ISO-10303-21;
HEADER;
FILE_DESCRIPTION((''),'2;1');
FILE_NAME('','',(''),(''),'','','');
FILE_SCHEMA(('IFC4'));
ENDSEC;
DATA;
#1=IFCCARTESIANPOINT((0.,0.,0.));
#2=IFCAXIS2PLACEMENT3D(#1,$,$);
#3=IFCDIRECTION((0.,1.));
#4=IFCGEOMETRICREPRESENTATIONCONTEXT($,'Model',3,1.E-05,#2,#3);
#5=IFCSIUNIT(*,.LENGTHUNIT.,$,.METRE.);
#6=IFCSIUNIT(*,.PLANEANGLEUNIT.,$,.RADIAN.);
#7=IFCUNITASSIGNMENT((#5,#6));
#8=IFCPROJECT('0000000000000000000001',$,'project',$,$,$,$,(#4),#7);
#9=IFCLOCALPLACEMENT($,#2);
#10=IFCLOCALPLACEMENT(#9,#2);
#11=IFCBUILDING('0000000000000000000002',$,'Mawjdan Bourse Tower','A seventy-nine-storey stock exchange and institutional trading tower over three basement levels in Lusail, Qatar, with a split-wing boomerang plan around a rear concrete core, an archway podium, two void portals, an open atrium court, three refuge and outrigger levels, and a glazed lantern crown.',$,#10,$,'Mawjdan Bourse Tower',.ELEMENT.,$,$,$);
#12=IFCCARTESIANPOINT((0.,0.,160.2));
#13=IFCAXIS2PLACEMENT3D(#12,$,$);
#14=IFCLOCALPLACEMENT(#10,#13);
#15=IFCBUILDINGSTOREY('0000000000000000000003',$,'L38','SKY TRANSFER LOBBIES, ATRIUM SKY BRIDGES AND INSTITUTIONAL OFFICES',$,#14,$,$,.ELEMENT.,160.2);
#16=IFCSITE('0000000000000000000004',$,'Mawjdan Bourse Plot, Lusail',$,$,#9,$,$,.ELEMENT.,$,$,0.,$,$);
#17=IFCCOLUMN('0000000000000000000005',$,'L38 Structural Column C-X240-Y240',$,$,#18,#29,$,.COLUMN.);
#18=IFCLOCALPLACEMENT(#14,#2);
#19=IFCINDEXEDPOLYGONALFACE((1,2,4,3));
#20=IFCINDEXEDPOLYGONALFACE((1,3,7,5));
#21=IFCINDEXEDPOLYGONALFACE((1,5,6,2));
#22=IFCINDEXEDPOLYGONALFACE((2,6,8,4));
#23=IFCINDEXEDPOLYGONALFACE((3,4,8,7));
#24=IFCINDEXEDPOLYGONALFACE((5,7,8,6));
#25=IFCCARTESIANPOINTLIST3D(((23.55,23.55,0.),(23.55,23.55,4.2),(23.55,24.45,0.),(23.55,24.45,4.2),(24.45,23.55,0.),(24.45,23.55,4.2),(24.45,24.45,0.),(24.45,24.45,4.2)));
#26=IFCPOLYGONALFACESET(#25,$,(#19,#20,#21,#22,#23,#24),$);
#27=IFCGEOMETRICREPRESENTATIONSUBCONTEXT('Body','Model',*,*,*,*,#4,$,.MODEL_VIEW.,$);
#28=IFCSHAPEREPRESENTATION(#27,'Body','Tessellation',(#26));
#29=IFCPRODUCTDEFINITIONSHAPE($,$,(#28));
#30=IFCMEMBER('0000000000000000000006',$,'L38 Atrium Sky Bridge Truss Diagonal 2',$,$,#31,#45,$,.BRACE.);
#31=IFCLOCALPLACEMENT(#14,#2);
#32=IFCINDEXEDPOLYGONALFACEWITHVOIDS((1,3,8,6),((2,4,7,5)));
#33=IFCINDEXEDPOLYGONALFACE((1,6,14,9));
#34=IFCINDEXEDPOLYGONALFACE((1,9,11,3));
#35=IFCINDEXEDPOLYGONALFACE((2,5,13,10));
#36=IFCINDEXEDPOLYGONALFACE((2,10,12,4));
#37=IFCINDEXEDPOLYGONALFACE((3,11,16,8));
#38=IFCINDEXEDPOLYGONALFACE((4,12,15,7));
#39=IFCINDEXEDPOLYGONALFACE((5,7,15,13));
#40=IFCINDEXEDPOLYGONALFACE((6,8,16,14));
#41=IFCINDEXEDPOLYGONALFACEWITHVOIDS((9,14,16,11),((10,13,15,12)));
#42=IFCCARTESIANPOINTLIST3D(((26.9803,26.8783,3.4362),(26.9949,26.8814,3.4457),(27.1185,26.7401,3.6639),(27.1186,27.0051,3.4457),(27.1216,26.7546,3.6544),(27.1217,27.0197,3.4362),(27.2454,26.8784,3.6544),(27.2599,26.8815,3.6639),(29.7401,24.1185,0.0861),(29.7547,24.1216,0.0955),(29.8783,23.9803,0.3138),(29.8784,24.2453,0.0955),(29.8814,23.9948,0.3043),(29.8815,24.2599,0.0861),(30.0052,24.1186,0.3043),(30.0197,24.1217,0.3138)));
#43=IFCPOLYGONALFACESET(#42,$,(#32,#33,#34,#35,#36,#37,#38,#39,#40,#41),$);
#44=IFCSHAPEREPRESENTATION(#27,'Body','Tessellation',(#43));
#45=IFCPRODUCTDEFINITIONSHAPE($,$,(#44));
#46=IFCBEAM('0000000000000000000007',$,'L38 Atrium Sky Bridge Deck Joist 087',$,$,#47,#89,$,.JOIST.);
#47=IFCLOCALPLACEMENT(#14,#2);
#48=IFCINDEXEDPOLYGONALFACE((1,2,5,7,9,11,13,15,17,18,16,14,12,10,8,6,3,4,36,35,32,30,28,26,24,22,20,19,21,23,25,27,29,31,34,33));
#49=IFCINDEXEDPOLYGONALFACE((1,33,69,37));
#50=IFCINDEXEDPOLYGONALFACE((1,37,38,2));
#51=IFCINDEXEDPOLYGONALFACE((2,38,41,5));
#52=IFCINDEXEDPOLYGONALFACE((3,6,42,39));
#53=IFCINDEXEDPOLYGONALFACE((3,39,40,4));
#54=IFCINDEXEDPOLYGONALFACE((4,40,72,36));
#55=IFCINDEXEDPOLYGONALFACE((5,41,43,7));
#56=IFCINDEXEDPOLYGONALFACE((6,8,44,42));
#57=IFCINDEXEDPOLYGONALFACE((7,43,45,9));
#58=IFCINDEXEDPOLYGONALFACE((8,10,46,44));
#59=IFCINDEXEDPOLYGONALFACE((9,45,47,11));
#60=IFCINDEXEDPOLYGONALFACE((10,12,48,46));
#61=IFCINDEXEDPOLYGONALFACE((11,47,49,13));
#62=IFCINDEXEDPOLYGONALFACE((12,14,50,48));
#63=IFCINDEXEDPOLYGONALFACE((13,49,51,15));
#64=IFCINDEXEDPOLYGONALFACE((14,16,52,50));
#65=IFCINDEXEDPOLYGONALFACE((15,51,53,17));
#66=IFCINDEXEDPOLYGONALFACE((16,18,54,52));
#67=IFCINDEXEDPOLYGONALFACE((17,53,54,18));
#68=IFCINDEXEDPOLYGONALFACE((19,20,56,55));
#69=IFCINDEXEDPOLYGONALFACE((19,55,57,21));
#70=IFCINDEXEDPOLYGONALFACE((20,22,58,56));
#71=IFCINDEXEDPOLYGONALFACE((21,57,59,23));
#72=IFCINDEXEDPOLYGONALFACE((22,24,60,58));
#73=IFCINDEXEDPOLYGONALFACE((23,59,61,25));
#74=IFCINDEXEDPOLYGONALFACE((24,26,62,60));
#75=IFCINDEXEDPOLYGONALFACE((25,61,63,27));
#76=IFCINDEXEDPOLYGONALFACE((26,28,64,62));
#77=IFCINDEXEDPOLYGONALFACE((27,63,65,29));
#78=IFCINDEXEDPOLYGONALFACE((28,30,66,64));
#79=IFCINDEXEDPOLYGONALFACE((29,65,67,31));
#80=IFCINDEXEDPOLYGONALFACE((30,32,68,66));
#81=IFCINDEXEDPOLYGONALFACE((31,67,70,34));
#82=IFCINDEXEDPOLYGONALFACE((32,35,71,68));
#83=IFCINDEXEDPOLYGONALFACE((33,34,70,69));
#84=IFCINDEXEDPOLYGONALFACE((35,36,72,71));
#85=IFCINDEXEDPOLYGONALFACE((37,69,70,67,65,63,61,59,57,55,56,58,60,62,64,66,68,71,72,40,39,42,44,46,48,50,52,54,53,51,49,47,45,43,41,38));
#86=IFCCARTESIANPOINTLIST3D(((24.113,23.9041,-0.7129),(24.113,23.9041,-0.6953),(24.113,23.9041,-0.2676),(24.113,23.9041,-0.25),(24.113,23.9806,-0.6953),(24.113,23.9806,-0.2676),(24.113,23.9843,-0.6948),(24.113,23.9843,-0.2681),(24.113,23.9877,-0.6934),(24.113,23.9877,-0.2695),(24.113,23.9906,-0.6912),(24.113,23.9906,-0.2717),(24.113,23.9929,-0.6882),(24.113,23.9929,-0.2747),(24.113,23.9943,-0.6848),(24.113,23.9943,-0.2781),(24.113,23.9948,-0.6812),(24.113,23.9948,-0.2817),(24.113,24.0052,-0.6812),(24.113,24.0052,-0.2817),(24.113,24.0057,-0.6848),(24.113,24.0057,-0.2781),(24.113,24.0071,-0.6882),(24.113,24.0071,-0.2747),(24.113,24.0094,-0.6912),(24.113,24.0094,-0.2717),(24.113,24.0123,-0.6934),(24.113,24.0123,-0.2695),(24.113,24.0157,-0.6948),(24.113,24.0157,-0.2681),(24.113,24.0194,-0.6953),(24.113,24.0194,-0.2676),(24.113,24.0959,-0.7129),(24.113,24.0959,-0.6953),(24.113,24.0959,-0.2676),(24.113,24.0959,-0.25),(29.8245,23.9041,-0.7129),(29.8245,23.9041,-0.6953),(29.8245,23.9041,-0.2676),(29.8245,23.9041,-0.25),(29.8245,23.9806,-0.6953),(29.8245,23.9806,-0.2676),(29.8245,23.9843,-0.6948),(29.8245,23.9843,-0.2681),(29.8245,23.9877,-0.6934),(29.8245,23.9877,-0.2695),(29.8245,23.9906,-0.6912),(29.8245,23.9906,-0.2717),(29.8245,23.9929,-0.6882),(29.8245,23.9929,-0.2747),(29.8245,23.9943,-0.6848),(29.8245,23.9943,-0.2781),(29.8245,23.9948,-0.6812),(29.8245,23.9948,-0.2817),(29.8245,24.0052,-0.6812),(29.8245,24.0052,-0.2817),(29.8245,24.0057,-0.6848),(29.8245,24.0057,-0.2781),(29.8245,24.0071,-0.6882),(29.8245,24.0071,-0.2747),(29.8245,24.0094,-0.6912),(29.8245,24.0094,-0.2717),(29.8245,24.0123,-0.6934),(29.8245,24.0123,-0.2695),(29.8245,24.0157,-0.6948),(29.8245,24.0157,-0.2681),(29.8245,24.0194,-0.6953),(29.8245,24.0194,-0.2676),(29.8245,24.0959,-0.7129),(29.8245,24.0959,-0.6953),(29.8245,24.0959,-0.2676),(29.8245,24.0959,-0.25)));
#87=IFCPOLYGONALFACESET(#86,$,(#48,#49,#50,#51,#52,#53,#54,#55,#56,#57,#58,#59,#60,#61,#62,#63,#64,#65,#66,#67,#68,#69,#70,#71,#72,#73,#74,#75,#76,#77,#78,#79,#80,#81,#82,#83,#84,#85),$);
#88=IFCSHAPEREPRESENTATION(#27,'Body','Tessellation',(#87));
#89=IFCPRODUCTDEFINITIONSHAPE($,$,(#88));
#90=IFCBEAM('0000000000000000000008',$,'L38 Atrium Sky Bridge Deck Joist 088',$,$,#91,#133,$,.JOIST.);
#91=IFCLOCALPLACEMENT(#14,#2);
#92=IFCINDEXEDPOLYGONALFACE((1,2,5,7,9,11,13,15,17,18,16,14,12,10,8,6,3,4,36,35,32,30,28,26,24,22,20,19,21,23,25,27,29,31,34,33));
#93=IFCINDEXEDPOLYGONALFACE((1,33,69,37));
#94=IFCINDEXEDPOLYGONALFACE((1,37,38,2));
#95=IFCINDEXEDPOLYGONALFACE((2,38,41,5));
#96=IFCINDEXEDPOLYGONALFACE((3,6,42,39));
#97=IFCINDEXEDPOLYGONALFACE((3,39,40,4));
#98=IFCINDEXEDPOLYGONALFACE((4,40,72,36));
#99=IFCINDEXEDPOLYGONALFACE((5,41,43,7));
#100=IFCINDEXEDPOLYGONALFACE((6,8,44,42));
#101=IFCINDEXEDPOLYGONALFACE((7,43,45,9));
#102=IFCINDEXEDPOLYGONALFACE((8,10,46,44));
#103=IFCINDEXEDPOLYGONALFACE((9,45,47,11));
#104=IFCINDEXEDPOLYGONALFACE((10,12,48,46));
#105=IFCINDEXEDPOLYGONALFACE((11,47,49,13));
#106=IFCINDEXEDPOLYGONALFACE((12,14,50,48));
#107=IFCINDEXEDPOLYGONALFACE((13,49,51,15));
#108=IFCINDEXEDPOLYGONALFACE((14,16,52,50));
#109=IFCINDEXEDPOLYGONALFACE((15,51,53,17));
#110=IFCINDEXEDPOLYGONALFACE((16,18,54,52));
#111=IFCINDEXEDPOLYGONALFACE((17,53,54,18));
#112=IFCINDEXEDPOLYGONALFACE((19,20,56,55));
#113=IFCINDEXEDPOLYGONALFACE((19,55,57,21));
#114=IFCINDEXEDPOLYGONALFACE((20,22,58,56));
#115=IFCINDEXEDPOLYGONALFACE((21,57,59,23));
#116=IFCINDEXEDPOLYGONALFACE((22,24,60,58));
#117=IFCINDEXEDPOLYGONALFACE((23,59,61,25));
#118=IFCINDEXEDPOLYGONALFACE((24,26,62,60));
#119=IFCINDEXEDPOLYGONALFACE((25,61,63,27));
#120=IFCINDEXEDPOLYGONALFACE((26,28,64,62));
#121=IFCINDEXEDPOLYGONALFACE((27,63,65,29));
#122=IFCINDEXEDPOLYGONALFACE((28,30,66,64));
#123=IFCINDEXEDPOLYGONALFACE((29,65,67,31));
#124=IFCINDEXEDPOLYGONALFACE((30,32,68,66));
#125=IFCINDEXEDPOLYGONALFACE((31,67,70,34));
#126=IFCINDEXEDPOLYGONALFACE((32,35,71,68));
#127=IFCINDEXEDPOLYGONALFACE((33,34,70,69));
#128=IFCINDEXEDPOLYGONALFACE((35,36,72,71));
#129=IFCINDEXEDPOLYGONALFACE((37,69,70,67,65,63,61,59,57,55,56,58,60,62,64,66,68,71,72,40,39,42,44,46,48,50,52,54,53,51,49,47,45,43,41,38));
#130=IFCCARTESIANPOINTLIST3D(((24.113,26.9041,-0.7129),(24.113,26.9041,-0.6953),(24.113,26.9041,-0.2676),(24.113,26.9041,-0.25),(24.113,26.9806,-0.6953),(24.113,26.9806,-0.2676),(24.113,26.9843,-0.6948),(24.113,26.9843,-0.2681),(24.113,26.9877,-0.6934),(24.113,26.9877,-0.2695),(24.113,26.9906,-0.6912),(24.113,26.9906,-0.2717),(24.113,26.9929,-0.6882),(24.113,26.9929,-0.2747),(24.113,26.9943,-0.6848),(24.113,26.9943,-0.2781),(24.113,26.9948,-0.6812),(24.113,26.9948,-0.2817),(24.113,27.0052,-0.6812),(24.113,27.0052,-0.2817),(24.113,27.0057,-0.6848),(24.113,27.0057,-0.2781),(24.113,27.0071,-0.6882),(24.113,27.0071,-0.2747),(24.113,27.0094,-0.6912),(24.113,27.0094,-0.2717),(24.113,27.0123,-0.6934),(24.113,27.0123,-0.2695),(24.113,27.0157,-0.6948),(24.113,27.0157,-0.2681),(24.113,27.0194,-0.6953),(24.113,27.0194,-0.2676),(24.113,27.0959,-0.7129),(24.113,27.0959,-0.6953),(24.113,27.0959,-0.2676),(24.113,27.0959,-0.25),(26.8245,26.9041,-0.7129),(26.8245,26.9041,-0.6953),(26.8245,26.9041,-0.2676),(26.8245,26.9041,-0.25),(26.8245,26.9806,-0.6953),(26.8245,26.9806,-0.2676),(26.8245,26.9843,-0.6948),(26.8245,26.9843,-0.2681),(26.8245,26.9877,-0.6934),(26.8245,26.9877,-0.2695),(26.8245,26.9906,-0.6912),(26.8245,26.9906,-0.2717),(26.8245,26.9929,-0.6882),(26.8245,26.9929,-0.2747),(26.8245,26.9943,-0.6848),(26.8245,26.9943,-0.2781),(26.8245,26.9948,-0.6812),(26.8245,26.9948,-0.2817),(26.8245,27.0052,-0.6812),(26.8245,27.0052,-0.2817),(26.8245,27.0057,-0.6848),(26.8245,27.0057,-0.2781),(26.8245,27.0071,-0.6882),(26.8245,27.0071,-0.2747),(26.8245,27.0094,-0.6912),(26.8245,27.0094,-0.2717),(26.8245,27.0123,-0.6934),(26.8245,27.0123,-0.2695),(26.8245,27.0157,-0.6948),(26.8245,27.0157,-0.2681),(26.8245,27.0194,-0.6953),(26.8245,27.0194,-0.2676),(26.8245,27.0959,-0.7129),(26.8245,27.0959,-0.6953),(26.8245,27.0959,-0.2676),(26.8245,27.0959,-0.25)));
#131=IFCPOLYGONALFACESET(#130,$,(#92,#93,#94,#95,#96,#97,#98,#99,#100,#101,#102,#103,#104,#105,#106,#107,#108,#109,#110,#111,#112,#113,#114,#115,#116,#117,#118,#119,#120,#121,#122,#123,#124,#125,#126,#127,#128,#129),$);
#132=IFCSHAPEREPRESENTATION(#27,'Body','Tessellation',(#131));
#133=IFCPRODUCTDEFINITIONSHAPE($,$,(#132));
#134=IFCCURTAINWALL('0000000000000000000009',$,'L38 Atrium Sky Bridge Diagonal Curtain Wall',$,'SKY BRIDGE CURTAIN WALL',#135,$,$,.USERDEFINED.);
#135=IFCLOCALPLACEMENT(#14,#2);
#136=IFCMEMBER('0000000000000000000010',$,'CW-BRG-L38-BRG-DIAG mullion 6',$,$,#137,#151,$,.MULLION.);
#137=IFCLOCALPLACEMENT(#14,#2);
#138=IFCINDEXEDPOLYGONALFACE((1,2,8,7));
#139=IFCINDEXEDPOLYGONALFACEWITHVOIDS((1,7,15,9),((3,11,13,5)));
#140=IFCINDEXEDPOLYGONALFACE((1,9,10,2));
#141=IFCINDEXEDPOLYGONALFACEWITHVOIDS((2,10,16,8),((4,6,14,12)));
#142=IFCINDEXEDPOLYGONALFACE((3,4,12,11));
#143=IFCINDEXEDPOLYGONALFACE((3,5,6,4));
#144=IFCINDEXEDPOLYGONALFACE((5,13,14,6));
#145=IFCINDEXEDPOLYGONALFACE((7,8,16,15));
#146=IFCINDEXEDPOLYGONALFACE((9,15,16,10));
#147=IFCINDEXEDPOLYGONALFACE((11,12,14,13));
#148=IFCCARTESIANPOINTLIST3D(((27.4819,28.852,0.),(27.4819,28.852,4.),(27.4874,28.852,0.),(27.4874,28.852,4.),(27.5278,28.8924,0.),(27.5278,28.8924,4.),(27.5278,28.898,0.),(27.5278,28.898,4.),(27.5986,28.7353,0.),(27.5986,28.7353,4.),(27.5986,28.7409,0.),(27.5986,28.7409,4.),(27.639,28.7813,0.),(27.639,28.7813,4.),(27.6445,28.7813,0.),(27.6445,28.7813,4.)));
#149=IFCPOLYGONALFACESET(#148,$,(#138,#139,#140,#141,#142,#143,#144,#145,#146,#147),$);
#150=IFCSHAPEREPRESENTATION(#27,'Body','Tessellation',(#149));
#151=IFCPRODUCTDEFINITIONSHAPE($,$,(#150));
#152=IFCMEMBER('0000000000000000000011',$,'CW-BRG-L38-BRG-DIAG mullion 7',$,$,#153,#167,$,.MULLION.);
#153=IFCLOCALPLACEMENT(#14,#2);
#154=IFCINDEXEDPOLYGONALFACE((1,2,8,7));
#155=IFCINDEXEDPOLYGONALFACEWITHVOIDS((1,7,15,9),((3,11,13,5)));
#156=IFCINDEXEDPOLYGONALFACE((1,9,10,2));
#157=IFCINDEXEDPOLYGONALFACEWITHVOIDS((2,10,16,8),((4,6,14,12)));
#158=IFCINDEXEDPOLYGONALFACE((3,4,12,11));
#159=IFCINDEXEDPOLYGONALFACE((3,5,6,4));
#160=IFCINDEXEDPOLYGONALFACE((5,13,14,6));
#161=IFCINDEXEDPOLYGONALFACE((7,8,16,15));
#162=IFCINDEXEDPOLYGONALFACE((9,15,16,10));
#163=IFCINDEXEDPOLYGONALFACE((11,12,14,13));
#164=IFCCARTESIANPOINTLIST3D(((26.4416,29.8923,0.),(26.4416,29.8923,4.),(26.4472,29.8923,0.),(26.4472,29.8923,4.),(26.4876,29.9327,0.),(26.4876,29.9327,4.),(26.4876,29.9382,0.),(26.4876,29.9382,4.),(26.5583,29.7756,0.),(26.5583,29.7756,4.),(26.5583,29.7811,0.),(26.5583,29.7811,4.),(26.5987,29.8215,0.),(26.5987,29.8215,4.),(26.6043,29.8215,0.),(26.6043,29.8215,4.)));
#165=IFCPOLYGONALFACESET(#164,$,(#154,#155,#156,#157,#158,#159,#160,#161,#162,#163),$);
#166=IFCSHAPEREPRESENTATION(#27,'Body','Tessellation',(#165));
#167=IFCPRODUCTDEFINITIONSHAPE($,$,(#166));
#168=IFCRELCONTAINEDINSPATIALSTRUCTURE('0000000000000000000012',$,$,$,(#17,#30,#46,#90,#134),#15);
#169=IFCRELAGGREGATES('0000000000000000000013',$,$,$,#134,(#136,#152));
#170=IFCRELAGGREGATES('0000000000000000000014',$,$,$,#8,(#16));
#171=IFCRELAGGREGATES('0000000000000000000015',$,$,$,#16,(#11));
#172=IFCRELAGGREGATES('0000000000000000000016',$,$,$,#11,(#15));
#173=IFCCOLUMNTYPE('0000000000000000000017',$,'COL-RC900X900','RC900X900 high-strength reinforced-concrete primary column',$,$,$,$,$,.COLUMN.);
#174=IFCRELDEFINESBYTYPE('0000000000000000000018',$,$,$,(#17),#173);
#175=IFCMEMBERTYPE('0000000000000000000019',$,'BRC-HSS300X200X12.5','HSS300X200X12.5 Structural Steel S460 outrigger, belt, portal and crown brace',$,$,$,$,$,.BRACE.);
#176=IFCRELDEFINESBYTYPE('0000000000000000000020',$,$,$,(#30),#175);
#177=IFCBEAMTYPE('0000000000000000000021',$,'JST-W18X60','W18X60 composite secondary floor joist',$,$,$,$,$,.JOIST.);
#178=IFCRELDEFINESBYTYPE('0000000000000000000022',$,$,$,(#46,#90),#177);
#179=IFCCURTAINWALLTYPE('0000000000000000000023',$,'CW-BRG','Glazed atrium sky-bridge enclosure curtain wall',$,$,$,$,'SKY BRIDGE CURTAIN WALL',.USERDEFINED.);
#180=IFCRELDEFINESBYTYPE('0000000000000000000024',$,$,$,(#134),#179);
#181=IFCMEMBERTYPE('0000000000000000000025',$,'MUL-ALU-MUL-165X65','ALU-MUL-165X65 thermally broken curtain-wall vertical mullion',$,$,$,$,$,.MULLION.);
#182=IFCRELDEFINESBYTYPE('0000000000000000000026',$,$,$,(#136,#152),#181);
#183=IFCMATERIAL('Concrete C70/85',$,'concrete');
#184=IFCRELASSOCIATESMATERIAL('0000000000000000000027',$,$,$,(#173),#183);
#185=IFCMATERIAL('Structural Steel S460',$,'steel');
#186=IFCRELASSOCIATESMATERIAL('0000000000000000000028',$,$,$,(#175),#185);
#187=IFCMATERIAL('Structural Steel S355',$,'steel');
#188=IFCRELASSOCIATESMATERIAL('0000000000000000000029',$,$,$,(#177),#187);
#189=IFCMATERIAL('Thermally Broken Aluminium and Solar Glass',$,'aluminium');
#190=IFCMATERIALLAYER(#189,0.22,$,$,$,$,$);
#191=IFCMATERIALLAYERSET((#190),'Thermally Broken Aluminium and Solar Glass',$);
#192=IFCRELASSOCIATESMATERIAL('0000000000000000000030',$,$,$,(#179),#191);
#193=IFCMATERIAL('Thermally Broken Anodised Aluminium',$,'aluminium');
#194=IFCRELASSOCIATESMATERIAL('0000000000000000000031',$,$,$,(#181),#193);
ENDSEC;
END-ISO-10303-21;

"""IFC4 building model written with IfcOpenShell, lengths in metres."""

from ifc_helpers import new_model, si_unit, direction, frame, origin, origin_2d, place, context, subcontext, project, spatial, rectangle, hollow_rectangle, i_section, extrude, material, layer, layer_set, material_profile, profile_set, type_object, element, aggregate, save


model = new_model("IFC4")

# Units and contexts
model_context = context("Model", 3, precision=1e-05, world=origin(), true_north=direction((0.0, 1.0)))
body_context = subcontext(model_context, "Body", "Model", "MODEL_VIEW")
ifc_project = project(units=[si_unit("LENGTHUNIT", "METRE"), si_unit("PLANEANGLEUNIT", "RADIAN")], contexts=[model_context])

# Site, building, storey
site_placement = place(None, origin())
site = spatial("IfcSite", under=ifc_project, at=site_placement, Name="Mawjdan Bourse Plot, Lusail", CompositionType="ELEMENT", RefElevation=0.0)
building_placement = place(site_placement, origin())
building = spatial("IfcBuilding", under=site, at=building_placement, Name="Mawjdan Bourse Tower", Description="A seventy-nine-storey stock exchange and institutional trading tower over three basement levels in Lusail, Qatar, with a split-wing boomerang plan around a rear concrete core, an archway podium, two void portals, an open atrium court, three refuge and outrigger levels, and a glazed lantern crown.", LongName="Mawjdan Bourse Tower", CompositionType="ELEMENT")
storey_placement = place(building_placement, frame((0.0, 0.0, 160.2)))
storey = spatial("IfcBuildingStorey", under=building, at=storey_placement, Name="L38", Description="SKY TRANSFER LOBBIES, ATRIUM SKY BRIDGES AND INSTITUTIONAL OFFICES", CompositionType="ELEMENT", Elevation=160.2)

# Column
ifc_material_1 = material(Name="Concrete C70/85", Category="concrete")
ifc_material_profile_1 = material_profile(ifc_material_1, rectangle(XDim=0.8999, YDim=0.8999, at=origin_2d()), Name="RC900X900")
ifc_profile_set_1 = profile_set([ifc_material_profile_1], Name="Concrete C70/85")
column_type = type_object("IfcColumnType", Name="COL-RC900X900", Description="RC900X900 high-strength reinforced-concrete primary column", PredefinedType="COLUMN", material=ifc_profile_set_1)
column_placement = place(storey_placement, frame((24.0, 24.0, 0.0), z_axis=(0.0, 0.0, 1.0), x_axis=(1.0, 0.0, 0.0)))
element("IfcColumn", 1, at=column_placement, inside=storey, type_object=column_type, Name="L38 Structural Column C-X240-Y240", PredefinedType="COLUMN", context=body_context, shape_type="SweptSolid", body=[
    extrude(rectangle(XDim=0.8999, YDim=0.8999, at=origin_2d()), origin(), (0.0, 0.0, 1.0), 4.2),
])

# Member
ifc_material_2 = material(Name="Structural Steel S460", Category="steel")
ifc_material_profile_2 = material_profile(ifc_material_2, hollow_rectangle(XDim=0.2, YDim=0.3, WallThickness=0.0125, at=origin_2d()), Name="HSS300X200X12.5")
ifc_profile_set_2 = profile_set([ifc_material_profile_2], Name="Structural Steel S460")
member_type_1 = type_object("IfcMemberType", Name="BRC-HSS300X200X12.5", Description="HSS300X200X12.5 Structural Steel S460 outrigger, belt, portal and crown brace", PredefinedType="BRACE", material=ifc_profile_set_2)
member_1_placement = place(storey_placement, frame((27.1201, 26.8799, 3.55), z_axis=(0.536552, -0.536552, -0.651324), x_axis=(0.707107, 0.707107, 0.0)))
element("IfcMember", 2, at=member_1_placement, inside=storey, type_object=member_type_1, Name="L38 Atrium Sky Bridge Truss Diagonal 2", PredefinedType="BRACE", context=body_context, shape_type="SweptSolid", body=[
    extrude(hollow_rectangle(XDim=0.2, YDim=0.3, WallThickness=0.0125, at=origin_2d()), origin(), (0.0, 0.0, 1.0), 5.1436),
])

# Beams
ifc_material_3 = material(Name="Structural Steel S355", Category="steel")
ifc_material_profile_3 = material_profile(ifc_material_3, i_section(OverallWidth=0.1919, OverallDepth=0.4629, WebThickness=0.0105, FlangeThickness=0.0176, FilletRadius=0.0142, at=origin_2d()), Name="W18X60")
ifc_profile_set_3 = profile_set([ifc_material_profile_3], Name="Structural Steel S355")
beam_type_1 = type_object("IfcBeamType", Name="JST-W18X60", Description="W18X60 composite secondary floor joist", PredefinedType="JOIST", material=ifc_profile_set_3)
beam_1_placement = place(storey_placement, frame((24.113, 24.0, -0.4814), z_axis=(1.0, 0.0, 0.0), x_axis=(0.0, 1.0, 0.0)))
element("IfcBeam", 3, at=beam_1_placement, inside=storey, type_object=beam_type_1, Name="L38 Atrium Sky Bridge Deck Joist 087", PredefinedType="JOIST", context=body_context, shape_type="SweptSolid", body=[
    extrude(i_section(OverallWidth=0.1919, OverallDepth=0.4629, WebThickness=0.0105, FlangeThickness=0.0176, FilletRadius=0.0142, at=origin_2d()), origin(), (0.0, 0.0, 1.0), 5.7114),
])
beam_2_placement = place(storey_placement, frame((24.113, 27.0, -0.4814), z_axis=(1.0, 0.0, 0.0), x_axis=(0.0, 1.0, 0.0)))
element("IfcBeam", 4, at=beam_2_placement, inside=storey, type_object=beam_type_1, Name="L38 Atrium Sky Bridge Deck Joist 088", PredefinedType="JOIST", context=body_context, shape_type="SweptSolid", body=[
    extrude(i_section(OverallWidth=0.1919, OverallDepth=0.4629, WebThickness=0.0105, FlangeThickness=0.0176, FilletRadius=0.0142, at=origin_2d()), origin(), (0.0, 0.0, 1.0), 2.7114),
])

# Curtain wall, members
ifc_material_4 = material(Name="Thermally Broken Aluminium and Solar Glass", Category="aluminium")
ifc_layer_1 = layer(ifc_material_4, 0.22)
ifc_layer_set_1 = layer_set([ifc_layer_1], Name="Thermally Broken Aluminium and Solar Glass")
curtain_wall_type = type_object("IfcCurtainWallType", Name="CW-BRG", Description="Glazed atrium sky-bridge enclosure curtain wall", ElementType="SKY BRIDGE CURTAIN WALL", PredefinedType="USERDEFINED", material=ifc_layer_set_1)
curtain_wall_placement = place(storey_placement, origin())
curtain_wall = element("IfcCurtainWall", 5, at=curtain_wall_placement, inside=storey, type_object=curtain_wall_type, Name="L38 Atrium Sky Bridge Diagonal Curtain Wall", ObjectType="SKY BRIDGE CURTAIN WALL", PredefinedType="USERDEFINED")
ifc_material_5 = material(Name="Thermally Broken Anodised Aluminium", Category="aluminium")
ifc_material_profile_4 = material_profile(ifc_material_5, hollow_rectangle(XDim=0.0649, YDim=0.165, WallThickness=0.0039, at=origin_2d()), Name="ALU-MUL-165X65")
ifc_profile_set_4 = profile_set([ifc_material_profile_4], Name="Thermally Broken Anodised Aluminium")
member_type_2 = type_object("IfcMemberType", Name="MUL-ALU-MUL-165X65", Description="ALU-MUL-165X65 thermally broken curtain-wall vertical mullion", PredefinedType="MULLION", material=ifc_profile_set_4)
member_2_placement = place(storey_placement, frame((27.5632, 28.8167, 0.0), z_axis=(0.0, 0.0, 1.0), x_axis=(-0.707107, -0.707107, 0.0)))
member_2 = element("IfcMember", 6, at=member_2_placement, type_object=member_type_2, Name="CW-BRG-L38-BRG-DIAG mullion 6", PredefinedType="MULLION", context=body_context, shape_type="SweptSolid", body=[
    extrude(hollow_rectangle(XDim=0.0649, YDim=0.165, WallThickness=0.0039, at=origin_2d()), origin(), (0.0, 0.0, 1.0), 4.0),
])
member_3_placement = place(storey_placement, frame((26.5229, 29.8569, 0.0), z_axis=(0.0, 0.0, 1.0), x_axis=(-0.707107, -0.707107, 0.0)))
member_3 = element("IfcMember", 7, at=member_3_placement, type_object=member_type_2, Name="CW-BRG-L38-BRG-DIAG mullion 7", PredefinedType="MULLION", context=body_context, shape_type="SweptSolid", body=[
    extrude(hollow_rectangle(XDim=0.0649, YDim=0.165, WallThickness=0.0039, at=origin_2d()), origin(), (0.0, 0.0, 1.0), 4.0),
])

aggregate(curtain_wall, [member_2, member_3])

save(model, "model.ifc")
